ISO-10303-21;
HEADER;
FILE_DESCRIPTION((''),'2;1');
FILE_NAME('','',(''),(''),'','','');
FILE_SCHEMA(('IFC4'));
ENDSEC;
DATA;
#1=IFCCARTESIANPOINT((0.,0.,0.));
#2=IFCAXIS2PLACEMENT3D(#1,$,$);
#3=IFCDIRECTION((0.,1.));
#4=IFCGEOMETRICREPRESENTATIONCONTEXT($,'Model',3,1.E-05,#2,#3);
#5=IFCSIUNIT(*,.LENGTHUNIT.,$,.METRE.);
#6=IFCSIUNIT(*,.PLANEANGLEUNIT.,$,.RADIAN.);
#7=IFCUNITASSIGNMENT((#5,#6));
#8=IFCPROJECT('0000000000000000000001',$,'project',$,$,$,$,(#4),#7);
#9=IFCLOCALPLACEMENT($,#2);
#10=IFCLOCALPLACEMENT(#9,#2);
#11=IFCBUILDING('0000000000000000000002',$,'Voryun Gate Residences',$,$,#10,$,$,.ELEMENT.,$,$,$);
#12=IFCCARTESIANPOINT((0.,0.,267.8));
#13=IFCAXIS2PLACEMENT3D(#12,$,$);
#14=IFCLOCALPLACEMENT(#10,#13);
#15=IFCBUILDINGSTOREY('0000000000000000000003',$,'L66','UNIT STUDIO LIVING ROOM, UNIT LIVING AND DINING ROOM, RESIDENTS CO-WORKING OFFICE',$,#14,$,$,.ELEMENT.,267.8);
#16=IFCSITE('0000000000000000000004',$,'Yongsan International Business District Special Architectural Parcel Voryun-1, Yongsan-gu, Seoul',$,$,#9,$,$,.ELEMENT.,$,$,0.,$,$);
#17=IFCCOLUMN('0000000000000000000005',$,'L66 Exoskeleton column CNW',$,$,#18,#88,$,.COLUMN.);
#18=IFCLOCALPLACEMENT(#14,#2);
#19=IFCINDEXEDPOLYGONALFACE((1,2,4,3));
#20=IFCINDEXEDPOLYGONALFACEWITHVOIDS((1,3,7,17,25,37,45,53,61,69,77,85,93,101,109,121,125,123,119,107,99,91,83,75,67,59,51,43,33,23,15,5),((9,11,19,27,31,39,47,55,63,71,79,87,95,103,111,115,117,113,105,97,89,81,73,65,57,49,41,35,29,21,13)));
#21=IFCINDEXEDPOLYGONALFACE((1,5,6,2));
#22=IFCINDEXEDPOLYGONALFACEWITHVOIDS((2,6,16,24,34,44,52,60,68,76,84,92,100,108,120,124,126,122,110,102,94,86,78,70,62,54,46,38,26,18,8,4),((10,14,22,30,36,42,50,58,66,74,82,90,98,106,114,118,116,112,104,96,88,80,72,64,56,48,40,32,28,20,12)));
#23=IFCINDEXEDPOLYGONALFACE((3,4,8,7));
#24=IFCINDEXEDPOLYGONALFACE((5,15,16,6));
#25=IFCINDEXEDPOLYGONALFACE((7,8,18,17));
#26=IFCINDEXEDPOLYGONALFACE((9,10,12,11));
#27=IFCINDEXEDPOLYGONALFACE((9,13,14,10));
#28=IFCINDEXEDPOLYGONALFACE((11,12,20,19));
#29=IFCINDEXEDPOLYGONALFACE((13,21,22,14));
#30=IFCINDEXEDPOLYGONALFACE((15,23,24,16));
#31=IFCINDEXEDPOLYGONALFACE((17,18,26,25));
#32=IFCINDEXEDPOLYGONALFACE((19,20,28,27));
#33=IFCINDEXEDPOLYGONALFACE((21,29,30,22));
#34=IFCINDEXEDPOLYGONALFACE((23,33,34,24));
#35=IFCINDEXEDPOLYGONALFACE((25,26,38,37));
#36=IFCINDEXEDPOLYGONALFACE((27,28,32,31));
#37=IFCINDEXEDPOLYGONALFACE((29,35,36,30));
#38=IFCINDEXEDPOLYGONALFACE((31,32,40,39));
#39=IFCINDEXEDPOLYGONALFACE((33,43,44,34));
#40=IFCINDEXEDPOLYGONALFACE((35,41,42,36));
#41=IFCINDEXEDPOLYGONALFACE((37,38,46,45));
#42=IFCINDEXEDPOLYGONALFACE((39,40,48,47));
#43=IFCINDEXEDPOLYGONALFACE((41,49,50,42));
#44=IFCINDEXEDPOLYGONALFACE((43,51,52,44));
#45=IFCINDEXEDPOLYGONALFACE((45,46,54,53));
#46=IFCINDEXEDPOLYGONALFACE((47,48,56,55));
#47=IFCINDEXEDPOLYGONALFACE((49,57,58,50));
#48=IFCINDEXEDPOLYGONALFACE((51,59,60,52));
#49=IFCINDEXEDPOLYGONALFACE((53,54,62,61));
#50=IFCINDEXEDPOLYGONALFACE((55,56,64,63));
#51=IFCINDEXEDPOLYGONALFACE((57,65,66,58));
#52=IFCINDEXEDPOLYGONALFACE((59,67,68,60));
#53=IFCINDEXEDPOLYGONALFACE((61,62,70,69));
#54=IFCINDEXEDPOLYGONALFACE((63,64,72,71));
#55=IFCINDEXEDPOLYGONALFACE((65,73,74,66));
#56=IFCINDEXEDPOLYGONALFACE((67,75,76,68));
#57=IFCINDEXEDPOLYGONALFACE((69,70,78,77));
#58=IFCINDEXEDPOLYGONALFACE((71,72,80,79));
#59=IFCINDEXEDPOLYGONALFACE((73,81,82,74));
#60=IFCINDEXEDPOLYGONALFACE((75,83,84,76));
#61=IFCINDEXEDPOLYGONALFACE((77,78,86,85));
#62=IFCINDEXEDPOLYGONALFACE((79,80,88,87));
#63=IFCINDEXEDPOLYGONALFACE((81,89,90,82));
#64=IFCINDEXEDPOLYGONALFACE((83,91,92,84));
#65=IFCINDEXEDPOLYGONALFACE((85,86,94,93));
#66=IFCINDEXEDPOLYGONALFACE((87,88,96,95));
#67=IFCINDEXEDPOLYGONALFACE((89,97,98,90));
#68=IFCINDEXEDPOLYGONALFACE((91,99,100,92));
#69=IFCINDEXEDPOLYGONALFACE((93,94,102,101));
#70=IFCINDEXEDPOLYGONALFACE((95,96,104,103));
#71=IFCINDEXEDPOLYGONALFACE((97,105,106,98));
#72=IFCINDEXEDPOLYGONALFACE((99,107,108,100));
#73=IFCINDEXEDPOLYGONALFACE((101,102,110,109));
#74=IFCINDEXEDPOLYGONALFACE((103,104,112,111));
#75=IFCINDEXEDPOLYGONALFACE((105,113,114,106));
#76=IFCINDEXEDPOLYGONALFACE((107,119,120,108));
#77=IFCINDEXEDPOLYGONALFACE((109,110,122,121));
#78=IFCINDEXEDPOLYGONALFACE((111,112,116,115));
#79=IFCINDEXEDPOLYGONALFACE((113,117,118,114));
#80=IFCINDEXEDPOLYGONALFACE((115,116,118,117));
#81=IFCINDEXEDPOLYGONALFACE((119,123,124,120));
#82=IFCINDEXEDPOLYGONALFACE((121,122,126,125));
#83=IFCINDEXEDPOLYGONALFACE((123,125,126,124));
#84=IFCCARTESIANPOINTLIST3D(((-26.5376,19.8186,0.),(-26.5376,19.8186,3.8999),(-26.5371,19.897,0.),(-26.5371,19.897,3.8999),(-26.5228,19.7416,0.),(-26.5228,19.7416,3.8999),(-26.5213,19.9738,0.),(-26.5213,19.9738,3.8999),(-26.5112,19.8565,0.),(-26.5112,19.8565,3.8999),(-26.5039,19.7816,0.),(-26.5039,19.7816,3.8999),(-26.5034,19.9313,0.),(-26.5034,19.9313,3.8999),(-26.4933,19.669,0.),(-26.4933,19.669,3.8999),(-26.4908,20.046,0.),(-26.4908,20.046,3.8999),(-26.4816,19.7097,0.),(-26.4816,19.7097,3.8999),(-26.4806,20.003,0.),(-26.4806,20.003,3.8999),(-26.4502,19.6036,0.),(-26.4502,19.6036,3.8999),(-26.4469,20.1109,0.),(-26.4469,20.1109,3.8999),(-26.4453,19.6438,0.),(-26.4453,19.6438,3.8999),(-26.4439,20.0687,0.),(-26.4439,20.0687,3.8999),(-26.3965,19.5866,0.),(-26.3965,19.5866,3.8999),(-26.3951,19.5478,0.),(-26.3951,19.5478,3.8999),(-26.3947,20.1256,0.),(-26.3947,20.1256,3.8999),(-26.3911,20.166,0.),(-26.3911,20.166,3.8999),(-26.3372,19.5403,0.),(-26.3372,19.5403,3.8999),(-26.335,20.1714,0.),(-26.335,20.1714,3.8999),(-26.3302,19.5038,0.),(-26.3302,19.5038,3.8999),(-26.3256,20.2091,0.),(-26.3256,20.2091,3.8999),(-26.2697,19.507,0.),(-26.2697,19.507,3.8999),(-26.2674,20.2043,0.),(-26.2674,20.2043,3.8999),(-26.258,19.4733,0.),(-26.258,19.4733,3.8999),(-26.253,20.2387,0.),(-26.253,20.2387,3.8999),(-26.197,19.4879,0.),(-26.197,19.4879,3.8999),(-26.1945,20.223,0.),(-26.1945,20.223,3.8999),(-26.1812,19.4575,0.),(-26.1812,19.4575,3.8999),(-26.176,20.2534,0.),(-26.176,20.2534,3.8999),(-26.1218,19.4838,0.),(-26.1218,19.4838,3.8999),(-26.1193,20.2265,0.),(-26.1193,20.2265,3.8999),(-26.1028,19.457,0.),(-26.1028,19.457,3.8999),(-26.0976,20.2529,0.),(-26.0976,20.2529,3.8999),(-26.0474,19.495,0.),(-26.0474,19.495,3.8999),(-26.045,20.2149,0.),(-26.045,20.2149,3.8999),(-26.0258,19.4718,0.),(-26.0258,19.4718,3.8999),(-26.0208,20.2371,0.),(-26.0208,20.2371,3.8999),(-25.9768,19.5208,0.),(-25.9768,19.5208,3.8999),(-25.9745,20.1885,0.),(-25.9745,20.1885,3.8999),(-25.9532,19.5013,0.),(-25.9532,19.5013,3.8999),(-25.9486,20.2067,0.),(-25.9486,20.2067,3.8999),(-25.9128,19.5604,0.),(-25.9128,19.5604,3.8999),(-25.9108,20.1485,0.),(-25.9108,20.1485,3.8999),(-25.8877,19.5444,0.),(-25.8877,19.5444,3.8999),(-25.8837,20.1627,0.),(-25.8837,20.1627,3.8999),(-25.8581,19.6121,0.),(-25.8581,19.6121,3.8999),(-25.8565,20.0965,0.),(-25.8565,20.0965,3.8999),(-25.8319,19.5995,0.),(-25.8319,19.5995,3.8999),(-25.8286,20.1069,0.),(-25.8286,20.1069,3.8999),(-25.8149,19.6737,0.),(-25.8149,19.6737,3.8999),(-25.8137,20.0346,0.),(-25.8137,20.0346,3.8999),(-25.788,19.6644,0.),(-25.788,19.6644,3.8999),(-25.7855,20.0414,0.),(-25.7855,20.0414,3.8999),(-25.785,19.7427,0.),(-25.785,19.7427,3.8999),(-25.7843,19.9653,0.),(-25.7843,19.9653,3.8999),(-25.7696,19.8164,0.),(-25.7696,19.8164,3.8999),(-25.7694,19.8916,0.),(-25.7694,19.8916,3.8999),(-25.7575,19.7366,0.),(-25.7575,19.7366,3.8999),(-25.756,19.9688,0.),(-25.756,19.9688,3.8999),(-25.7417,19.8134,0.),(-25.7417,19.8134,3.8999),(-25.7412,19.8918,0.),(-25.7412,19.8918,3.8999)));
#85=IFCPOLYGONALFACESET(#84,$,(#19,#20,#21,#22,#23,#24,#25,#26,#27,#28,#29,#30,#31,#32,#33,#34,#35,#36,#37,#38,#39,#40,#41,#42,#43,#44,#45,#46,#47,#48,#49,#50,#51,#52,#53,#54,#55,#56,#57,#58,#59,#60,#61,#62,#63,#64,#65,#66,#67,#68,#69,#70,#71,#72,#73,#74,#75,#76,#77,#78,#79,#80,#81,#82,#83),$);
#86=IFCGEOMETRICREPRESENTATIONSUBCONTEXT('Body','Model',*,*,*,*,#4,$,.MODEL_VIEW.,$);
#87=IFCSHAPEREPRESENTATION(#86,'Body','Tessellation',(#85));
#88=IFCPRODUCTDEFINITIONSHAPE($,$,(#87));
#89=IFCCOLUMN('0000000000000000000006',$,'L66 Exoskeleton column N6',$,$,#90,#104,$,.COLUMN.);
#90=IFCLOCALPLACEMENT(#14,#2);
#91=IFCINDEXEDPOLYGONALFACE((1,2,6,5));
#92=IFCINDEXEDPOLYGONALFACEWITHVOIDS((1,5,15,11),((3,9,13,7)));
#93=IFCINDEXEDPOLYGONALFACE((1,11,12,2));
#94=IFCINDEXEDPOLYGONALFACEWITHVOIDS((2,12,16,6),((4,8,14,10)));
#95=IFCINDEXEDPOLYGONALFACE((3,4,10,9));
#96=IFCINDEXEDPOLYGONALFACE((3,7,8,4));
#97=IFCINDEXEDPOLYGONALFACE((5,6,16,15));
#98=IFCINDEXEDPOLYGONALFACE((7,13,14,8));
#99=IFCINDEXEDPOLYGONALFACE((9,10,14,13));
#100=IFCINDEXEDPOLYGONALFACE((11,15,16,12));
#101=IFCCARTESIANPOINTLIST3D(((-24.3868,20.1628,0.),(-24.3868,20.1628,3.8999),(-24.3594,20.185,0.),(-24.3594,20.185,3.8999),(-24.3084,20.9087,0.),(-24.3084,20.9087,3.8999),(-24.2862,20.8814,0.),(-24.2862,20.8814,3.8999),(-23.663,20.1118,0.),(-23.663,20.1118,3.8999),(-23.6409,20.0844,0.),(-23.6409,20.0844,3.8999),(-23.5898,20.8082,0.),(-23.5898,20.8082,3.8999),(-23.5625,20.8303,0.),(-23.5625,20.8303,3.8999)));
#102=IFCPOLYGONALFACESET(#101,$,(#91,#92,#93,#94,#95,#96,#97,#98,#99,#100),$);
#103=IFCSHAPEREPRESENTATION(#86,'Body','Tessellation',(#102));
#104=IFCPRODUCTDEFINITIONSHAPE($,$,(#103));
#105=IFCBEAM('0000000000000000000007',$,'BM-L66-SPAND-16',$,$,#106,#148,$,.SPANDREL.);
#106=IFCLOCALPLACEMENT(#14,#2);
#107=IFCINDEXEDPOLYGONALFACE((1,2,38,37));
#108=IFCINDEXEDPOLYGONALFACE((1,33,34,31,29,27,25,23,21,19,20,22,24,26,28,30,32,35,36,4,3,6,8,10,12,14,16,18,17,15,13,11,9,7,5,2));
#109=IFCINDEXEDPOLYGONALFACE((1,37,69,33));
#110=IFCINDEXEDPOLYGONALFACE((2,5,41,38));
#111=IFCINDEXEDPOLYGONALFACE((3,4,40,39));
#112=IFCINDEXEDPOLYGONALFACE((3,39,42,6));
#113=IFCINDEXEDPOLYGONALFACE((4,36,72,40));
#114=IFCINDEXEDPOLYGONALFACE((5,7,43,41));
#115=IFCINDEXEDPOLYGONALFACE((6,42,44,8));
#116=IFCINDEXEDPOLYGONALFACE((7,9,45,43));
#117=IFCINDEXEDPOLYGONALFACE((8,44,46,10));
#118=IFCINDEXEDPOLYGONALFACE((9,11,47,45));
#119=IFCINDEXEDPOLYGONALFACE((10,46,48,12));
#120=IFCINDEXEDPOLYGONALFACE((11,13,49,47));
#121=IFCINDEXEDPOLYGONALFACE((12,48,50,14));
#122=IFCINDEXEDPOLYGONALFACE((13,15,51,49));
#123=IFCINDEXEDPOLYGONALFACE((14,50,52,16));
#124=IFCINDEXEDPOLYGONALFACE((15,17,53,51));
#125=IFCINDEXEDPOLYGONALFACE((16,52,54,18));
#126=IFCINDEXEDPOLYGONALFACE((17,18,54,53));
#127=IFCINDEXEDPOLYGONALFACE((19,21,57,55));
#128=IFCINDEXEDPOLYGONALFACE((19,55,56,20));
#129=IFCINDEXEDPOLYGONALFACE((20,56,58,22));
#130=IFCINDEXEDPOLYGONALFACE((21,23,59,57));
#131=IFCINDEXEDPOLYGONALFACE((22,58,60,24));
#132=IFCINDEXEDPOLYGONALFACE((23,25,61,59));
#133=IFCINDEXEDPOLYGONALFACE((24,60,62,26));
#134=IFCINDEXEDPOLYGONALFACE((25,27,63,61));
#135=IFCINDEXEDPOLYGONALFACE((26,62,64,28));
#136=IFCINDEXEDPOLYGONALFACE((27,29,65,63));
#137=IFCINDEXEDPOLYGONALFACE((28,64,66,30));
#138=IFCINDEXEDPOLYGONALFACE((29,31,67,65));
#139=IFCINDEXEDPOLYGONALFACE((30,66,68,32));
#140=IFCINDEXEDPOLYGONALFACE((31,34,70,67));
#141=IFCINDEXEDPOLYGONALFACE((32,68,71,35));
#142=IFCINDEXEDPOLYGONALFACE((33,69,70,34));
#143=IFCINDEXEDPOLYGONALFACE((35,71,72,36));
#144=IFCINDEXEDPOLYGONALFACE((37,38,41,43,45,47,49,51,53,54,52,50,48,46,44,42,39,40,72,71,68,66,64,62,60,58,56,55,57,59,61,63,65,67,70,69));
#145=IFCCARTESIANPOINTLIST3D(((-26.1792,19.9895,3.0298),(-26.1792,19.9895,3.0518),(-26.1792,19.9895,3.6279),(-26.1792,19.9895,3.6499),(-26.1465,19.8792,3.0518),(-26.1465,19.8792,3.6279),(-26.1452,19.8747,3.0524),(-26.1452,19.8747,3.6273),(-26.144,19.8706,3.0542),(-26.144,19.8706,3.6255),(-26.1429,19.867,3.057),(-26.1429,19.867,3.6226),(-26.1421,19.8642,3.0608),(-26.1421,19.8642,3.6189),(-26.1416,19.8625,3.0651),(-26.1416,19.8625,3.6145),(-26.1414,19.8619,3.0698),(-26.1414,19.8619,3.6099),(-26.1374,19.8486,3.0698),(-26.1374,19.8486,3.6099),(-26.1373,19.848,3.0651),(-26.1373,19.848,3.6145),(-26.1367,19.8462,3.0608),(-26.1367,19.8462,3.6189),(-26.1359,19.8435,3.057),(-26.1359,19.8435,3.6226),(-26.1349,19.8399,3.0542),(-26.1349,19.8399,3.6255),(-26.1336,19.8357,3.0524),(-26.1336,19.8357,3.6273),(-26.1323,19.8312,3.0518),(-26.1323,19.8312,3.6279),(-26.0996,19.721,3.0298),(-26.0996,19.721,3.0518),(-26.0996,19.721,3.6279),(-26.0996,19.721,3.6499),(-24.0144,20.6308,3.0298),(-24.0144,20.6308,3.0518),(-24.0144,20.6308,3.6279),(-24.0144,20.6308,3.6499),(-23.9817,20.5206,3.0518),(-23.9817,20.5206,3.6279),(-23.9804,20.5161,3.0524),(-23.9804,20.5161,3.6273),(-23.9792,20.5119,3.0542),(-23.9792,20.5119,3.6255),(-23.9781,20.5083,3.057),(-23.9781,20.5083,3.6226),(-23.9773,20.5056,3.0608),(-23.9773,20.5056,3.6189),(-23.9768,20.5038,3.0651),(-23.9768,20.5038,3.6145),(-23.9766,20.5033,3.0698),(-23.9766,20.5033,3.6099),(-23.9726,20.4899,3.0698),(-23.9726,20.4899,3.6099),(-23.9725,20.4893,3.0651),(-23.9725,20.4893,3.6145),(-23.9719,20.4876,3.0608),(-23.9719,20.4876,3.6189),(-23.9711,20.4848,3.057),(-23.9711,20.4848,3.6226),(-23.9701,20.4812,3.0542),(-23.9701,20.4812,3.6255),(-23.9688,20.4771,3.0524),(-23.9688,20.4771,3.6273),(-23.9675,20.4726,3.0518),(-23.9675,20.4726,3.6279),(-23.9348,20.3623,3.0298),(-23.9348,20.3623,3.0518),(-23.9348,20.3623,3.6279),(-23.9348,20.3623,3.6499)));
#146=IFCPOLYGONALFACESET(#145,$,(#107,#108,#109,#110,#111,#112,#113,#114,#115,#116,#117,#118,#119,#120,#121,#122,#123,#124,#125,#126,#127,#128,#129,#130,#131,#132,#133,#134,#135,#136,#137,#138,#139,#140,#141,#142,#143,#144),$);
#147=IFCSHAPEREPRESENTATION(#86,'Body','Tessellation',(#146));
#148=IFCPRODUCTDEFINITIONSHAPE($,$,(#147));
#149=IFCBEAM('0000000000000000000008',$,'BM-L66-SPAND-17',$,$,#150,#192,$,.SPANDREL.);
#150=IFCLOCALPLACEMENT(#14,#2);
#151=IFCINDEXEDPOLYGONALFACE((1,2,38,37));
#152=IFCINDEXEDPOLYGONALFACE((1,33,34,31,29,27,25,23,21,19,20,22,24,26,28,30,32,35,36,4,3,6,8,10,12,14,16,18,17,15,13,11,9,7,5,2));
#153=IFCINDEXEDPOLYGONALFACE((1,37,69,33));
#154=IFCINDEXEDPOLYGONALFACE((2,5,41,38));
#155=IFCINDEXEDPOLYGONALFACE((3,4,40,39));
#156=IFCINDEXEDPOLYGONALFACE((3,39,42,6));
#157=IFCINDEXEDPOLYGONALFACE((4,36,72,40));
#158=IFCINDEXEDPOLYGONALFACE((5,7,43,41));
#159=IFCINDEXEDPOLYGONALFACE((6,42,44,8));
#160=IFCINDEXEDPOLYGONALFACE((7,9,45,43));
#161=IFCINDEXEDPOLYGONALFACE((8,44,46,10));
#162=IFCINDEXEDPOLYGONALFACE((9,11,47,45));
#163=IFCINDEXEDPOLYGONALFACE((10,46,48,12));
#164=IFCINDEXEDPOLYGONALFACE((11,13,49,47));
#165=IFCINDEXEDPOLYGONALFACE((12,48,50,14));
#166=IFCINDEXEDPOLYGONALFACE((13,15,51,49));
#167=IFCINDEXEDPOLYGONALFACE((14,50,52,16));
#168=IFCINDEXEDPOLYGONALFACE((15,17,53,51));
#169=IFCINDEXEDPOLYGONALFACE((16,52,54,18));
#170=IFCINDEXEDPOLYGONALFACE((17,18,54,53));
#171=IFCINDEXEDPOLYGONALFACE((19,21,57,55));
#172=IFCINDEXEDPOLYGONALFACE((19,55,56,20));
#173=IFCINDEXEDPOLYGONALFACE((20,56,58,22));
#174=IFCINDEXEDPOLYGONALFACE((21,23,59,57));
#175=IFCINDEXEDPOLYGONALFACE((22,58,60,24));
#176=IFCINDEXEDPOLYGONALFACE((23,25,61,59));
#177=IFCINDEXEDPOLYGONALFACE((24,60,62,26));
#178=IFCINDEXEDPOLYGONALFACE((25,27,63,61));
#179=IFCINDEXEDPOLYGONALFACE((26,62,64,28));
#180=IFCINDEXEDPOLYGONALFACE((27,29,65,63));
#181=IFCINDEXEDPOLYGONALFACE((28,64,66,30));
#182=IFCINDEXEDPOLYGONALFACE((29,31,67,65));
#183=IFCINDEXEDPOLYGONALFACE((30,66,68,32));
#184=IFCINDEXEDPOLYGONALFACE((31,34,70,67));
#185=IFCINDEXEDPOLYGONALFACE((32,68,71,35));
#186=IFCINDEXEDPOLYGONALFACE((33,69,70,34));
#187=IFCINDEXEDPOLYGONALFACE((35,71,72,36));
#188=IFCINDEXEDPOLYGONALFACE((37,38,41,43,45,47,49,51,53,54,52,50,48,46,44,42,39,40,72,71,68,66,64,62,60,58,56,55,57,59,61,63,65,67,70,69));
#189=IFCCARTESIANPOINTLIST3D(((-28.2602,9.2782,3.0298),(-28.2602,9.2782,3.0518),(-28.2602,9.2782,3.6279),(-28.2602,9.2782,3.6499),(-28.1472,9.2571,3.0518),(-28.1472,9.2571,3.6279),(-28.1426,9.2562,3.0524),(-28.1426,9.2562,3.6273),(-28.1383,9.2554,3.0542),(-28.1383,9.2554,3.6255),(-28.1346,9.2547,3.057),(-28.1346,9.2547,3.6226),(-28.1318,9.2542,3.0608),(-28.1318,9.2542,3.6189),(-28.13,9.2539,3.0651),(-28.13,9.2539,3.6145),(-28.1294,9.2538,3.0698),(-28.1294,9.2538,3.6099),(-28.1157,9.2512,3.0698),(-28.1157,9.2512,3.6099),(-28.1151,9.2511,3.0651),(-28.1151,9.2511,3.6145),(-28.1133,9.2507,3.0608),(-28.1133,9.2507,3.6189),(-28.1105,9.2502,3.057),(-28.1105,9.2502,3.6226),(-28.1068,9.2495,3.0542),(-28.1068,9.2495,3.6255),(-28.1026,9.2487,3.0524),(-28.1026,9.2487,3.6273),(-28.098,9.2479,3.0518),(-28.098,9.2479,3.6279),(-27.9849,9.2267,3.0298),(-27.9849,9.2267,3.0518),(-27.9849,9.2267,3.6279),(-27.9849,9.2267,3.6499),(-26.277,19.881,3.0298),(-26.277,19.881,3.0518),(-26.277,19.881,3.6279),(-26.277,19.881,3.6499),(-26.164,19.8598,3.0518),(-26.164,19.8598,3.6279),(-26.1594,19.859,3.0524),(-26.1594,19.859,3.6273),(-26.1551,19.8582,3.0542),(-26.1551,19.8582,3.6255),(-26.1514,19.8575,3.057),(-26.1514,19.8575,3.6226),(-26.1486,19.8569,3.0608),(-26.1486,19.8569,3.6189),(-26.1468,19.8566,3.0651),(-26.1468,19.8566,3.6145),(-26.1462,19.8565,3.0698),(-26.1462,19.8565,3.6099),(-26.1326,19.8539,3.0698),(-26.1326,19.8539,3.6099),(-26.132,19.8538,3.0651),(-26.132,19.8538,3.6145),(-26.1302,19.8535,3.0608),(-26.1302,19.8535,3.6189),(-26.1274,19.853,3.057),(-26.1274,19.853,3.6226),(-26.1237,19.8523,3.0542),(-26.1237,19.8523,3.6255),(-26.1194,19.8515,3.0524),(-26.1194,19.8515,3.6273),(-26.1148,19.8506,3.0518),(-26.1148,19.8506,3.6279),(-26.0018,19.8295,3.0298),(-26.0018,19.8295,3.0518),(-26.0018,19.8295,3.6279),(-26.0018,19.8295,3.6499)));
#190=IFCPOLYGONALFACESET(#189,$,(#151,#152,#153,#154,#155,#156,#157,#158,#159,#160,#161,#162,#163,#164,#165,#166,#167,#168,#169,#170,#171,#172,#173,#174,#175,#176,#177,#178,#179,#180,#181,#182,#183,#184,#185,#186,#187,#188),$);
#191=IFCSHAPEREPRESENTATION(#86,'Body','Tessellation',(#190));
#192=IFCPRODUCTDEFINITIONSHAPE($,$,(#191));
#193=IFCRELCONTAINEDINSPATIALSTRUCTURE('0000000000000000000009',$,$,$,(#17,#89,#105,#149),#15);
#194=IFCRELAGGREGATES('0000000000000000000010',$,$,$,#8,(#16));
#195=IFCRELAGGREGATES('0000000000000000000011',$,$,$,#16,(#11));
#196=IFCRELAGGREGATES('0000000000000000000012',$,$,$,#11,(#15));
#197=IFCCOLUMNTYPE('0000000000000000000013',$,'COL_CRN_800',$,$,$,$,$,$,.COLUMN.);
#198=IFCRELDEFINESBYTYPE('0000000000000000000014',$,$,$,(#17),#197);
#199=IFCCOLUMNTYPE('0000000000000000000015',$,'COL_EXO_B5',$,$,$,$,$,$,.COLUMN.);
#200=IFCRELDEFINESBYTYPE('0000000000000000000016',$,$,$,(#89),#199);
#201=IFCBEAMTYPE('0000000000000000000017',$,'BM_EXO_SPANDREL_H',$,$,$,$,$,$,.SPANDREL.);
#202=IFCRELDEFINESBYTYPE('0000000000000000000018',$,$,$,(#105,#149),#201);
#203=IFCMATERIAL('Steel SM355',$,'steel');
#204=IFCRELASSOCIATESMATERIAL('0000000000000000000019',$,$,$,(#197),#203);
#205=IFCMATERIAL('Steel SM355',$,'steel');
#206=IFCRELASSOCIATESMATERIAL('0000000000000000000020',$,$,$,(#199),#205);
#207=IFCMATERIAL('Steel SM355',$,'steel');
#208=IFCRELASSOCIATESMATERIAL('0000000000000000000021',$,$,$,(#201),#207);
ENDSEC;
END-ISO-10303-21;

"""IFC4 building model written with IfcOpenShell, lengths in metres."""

from ifc_helpers import new_model, si_unit, direction, frame, origin, origin_2d, place, context, subcontext, project, spatial, hollow_rectangle, hollow_circle, i_section, extrude, material, material_profile, profile_set, type_object, element, save


model = new_model("IFC4")

# Units and contexts
model_context = context("Model", 3, precision=1e-05, world=origin(), true_north=direction((0.0, 1.0)))
body_context = subcontext(model_context, "Body", "Model", "MODEL_VIEW")
ifc_project = project(units=[si_unit("LENGTHUNIT", "METRE"), si_unit("PLANEANGLEUNIT", "RADIAN")], contexts=[model_context])

# Site, building, storey
site_placement = place(None, origin())
site = spatial("IfcSite", under=ifc_project, at=site_placement, Name="Yongsan International Business District Special Architectural Parcel Voryun-1, Yongsan-gu, Seoul", CompositionType="ELEMENT", RefElevation=0.0)
building_placement = place(site_placement, origin())
building = spatial("IfcBuilding", under=site, at=building_placement, Name="Voryun Gate Residences", CompositionType="ELEMENT")
storey_placement = place(building_placement, frame((0.0, 0.0, 267.8)))
storey = spatial("IfcBuildingStorey", under=building, at=storey_placement, Name="L66", Description="UNIT STUDIO LIVING ROOM, UNIT LIVING AND DINING ROOM, RESIDENTS CO-WORKING OFFICE", CompositionType="ELEMENT", Elevation=267.8)

# Columns
ifc_material_1 = material(Name="Steel SM355", Category="steel")
ifc_material_profile_1 = material_profile(ifc_material_1, hollow_circle(Radius=0.3999, WallThickness=0.0281, at=origin_2d()), Name="CHS-800x28")
ifc_profile_set_1 = profile_set([ifc_material_profile_1], Name="Steel SM355")
column_type_1 = type_object("IfcColumnType", Name="COL_CRN_800", PredefinedType="COLUMN", material=ifc_profile_set_1)
column_1_placement = place(storey_placement, frame((-26.1394, 19.8552, 0.0), z_axis=(0.0, 0.0, 1.0), x_axis=(0.994522, -0.104528, 0.0)))
element("IfcColumn", 1, at=column_1_placement, inside=storey, type_object=column_type_1, Name="L66 Exoskeleton column CNW", PredefinedType="COLUMN", context=body_context, shape_type="SweptSolid", body=[
    extrude(hollow_circle(Radius=0.3999, WallThickness=0.0281, at=origin_2d()), origin(), (0.0, 0.0, 1.0), 3.8999),
])
ifc_material_2 = material(Name="Steel SM355", Category="steel")
ifc_material_profile_2 = material_profile(ifc_material_2, hollow_rectangle(XDim=0.75, YDim=0.75, WallThickness=0.0249, at=origin_2d()), Name="BOX-750x750x25")
ifc_profile_set_2 = profile_set([ifc_material_profile_2], Name="Steel SM355")
column_type_2 = type_object("IfcColumnType", Name="COL_EXO_B5", PredefinedType="COLUMN", material=ifc_profile_set_2)
column_2_placement = place(storey_placement, frame((-23.9746, 20.4966, 0.0), z_axis=(0.0, 0.0, 1.0), x_axis=(0.994522, -0.104528, 0.0)))
element("IfcColumn", 2, at=column_2_placement, inside=storey, type_object=column_type_2, Name="L66 Exoskeleton column N6", PredefinedType="COLUMN", context=body_context, shape_type="SweptSolid", body=[
    extrude(hollow_rectangle(XDim=0.75, YDim=0.75, WallThickness=0.0249, at=origin_2d()), origin(), (0.0, 0.0, 1.0), 3.8999),
])

# Beams
ifc_material_3 = material(Name="Steel SM355", Category="steel")
ifc_material_profile_3 = material_profile(ifc_material_3, i_section(OverallWidth=0.28, OverallDepth=0.6201, WebThickness=0.0139, FlangeThickness=0.022, FilletRadius=0.0181, at=origin_2d()), Name="H-620x280x14x22")
ifc_profile_set_3 = profile_set([ifc_material_profile_3], Name="Steel SM355")
beam_type = type_object("IfcBeamType", Name="BM_EXO_SPANDREL_H", PredefinedType="SPANDREL", material=ifc_profile_set_3)
beam_1_placement = place(storey_placement, frame((-23.9746, 20.4966, 3.3398), z_axis=(-0.958806, -0.284063, 0.0), x_axis=(0.284063, -0.958806, 0.0)))
element("IfcBeam", 3, at=beam_1_placement, inside=storey, type_object=beam_type, Name="BM-L66-SPAND-16", PredefinedType="SPANDREL", context=body_context, shape_type="SweptSolid", body=[
    extrude(i_section(OverallWidth=0.28, OverallDepth=0.6201, WebThickness=0.0139, FlangeThickness=0.022, FilletRadius=0.0181, at=origin_2d()), origin(), (0.0, 0.0, 1.0), 2.2578),
])
beam_2_placement = place(storey_placement, frame((-26.1394, 19.8552, 3.3398), z_axis=(-0.183853, -0.982954, 0.0), x_axis=(0.982954, -0.183853, 0.0)))
element("IfcBeam", 4, at=beam_2_placement, inside=storey, type_object=beam_type, Name="BM-L66-SPAND-17", PredefinedType="SPANDREL", context=body_context, shape_type="SweptSolid", body=[
    extrude(i_section(OverallWidth=0.28, OverallDepth=0.6201, WebThickness=0.0139, FlangeThickness=0.022, FilletRadius=0.0181, at=origin_2d()), origin(), (0.0, 0.0, 1.0), 10.7866),
])

save(model, "model.ifc")
